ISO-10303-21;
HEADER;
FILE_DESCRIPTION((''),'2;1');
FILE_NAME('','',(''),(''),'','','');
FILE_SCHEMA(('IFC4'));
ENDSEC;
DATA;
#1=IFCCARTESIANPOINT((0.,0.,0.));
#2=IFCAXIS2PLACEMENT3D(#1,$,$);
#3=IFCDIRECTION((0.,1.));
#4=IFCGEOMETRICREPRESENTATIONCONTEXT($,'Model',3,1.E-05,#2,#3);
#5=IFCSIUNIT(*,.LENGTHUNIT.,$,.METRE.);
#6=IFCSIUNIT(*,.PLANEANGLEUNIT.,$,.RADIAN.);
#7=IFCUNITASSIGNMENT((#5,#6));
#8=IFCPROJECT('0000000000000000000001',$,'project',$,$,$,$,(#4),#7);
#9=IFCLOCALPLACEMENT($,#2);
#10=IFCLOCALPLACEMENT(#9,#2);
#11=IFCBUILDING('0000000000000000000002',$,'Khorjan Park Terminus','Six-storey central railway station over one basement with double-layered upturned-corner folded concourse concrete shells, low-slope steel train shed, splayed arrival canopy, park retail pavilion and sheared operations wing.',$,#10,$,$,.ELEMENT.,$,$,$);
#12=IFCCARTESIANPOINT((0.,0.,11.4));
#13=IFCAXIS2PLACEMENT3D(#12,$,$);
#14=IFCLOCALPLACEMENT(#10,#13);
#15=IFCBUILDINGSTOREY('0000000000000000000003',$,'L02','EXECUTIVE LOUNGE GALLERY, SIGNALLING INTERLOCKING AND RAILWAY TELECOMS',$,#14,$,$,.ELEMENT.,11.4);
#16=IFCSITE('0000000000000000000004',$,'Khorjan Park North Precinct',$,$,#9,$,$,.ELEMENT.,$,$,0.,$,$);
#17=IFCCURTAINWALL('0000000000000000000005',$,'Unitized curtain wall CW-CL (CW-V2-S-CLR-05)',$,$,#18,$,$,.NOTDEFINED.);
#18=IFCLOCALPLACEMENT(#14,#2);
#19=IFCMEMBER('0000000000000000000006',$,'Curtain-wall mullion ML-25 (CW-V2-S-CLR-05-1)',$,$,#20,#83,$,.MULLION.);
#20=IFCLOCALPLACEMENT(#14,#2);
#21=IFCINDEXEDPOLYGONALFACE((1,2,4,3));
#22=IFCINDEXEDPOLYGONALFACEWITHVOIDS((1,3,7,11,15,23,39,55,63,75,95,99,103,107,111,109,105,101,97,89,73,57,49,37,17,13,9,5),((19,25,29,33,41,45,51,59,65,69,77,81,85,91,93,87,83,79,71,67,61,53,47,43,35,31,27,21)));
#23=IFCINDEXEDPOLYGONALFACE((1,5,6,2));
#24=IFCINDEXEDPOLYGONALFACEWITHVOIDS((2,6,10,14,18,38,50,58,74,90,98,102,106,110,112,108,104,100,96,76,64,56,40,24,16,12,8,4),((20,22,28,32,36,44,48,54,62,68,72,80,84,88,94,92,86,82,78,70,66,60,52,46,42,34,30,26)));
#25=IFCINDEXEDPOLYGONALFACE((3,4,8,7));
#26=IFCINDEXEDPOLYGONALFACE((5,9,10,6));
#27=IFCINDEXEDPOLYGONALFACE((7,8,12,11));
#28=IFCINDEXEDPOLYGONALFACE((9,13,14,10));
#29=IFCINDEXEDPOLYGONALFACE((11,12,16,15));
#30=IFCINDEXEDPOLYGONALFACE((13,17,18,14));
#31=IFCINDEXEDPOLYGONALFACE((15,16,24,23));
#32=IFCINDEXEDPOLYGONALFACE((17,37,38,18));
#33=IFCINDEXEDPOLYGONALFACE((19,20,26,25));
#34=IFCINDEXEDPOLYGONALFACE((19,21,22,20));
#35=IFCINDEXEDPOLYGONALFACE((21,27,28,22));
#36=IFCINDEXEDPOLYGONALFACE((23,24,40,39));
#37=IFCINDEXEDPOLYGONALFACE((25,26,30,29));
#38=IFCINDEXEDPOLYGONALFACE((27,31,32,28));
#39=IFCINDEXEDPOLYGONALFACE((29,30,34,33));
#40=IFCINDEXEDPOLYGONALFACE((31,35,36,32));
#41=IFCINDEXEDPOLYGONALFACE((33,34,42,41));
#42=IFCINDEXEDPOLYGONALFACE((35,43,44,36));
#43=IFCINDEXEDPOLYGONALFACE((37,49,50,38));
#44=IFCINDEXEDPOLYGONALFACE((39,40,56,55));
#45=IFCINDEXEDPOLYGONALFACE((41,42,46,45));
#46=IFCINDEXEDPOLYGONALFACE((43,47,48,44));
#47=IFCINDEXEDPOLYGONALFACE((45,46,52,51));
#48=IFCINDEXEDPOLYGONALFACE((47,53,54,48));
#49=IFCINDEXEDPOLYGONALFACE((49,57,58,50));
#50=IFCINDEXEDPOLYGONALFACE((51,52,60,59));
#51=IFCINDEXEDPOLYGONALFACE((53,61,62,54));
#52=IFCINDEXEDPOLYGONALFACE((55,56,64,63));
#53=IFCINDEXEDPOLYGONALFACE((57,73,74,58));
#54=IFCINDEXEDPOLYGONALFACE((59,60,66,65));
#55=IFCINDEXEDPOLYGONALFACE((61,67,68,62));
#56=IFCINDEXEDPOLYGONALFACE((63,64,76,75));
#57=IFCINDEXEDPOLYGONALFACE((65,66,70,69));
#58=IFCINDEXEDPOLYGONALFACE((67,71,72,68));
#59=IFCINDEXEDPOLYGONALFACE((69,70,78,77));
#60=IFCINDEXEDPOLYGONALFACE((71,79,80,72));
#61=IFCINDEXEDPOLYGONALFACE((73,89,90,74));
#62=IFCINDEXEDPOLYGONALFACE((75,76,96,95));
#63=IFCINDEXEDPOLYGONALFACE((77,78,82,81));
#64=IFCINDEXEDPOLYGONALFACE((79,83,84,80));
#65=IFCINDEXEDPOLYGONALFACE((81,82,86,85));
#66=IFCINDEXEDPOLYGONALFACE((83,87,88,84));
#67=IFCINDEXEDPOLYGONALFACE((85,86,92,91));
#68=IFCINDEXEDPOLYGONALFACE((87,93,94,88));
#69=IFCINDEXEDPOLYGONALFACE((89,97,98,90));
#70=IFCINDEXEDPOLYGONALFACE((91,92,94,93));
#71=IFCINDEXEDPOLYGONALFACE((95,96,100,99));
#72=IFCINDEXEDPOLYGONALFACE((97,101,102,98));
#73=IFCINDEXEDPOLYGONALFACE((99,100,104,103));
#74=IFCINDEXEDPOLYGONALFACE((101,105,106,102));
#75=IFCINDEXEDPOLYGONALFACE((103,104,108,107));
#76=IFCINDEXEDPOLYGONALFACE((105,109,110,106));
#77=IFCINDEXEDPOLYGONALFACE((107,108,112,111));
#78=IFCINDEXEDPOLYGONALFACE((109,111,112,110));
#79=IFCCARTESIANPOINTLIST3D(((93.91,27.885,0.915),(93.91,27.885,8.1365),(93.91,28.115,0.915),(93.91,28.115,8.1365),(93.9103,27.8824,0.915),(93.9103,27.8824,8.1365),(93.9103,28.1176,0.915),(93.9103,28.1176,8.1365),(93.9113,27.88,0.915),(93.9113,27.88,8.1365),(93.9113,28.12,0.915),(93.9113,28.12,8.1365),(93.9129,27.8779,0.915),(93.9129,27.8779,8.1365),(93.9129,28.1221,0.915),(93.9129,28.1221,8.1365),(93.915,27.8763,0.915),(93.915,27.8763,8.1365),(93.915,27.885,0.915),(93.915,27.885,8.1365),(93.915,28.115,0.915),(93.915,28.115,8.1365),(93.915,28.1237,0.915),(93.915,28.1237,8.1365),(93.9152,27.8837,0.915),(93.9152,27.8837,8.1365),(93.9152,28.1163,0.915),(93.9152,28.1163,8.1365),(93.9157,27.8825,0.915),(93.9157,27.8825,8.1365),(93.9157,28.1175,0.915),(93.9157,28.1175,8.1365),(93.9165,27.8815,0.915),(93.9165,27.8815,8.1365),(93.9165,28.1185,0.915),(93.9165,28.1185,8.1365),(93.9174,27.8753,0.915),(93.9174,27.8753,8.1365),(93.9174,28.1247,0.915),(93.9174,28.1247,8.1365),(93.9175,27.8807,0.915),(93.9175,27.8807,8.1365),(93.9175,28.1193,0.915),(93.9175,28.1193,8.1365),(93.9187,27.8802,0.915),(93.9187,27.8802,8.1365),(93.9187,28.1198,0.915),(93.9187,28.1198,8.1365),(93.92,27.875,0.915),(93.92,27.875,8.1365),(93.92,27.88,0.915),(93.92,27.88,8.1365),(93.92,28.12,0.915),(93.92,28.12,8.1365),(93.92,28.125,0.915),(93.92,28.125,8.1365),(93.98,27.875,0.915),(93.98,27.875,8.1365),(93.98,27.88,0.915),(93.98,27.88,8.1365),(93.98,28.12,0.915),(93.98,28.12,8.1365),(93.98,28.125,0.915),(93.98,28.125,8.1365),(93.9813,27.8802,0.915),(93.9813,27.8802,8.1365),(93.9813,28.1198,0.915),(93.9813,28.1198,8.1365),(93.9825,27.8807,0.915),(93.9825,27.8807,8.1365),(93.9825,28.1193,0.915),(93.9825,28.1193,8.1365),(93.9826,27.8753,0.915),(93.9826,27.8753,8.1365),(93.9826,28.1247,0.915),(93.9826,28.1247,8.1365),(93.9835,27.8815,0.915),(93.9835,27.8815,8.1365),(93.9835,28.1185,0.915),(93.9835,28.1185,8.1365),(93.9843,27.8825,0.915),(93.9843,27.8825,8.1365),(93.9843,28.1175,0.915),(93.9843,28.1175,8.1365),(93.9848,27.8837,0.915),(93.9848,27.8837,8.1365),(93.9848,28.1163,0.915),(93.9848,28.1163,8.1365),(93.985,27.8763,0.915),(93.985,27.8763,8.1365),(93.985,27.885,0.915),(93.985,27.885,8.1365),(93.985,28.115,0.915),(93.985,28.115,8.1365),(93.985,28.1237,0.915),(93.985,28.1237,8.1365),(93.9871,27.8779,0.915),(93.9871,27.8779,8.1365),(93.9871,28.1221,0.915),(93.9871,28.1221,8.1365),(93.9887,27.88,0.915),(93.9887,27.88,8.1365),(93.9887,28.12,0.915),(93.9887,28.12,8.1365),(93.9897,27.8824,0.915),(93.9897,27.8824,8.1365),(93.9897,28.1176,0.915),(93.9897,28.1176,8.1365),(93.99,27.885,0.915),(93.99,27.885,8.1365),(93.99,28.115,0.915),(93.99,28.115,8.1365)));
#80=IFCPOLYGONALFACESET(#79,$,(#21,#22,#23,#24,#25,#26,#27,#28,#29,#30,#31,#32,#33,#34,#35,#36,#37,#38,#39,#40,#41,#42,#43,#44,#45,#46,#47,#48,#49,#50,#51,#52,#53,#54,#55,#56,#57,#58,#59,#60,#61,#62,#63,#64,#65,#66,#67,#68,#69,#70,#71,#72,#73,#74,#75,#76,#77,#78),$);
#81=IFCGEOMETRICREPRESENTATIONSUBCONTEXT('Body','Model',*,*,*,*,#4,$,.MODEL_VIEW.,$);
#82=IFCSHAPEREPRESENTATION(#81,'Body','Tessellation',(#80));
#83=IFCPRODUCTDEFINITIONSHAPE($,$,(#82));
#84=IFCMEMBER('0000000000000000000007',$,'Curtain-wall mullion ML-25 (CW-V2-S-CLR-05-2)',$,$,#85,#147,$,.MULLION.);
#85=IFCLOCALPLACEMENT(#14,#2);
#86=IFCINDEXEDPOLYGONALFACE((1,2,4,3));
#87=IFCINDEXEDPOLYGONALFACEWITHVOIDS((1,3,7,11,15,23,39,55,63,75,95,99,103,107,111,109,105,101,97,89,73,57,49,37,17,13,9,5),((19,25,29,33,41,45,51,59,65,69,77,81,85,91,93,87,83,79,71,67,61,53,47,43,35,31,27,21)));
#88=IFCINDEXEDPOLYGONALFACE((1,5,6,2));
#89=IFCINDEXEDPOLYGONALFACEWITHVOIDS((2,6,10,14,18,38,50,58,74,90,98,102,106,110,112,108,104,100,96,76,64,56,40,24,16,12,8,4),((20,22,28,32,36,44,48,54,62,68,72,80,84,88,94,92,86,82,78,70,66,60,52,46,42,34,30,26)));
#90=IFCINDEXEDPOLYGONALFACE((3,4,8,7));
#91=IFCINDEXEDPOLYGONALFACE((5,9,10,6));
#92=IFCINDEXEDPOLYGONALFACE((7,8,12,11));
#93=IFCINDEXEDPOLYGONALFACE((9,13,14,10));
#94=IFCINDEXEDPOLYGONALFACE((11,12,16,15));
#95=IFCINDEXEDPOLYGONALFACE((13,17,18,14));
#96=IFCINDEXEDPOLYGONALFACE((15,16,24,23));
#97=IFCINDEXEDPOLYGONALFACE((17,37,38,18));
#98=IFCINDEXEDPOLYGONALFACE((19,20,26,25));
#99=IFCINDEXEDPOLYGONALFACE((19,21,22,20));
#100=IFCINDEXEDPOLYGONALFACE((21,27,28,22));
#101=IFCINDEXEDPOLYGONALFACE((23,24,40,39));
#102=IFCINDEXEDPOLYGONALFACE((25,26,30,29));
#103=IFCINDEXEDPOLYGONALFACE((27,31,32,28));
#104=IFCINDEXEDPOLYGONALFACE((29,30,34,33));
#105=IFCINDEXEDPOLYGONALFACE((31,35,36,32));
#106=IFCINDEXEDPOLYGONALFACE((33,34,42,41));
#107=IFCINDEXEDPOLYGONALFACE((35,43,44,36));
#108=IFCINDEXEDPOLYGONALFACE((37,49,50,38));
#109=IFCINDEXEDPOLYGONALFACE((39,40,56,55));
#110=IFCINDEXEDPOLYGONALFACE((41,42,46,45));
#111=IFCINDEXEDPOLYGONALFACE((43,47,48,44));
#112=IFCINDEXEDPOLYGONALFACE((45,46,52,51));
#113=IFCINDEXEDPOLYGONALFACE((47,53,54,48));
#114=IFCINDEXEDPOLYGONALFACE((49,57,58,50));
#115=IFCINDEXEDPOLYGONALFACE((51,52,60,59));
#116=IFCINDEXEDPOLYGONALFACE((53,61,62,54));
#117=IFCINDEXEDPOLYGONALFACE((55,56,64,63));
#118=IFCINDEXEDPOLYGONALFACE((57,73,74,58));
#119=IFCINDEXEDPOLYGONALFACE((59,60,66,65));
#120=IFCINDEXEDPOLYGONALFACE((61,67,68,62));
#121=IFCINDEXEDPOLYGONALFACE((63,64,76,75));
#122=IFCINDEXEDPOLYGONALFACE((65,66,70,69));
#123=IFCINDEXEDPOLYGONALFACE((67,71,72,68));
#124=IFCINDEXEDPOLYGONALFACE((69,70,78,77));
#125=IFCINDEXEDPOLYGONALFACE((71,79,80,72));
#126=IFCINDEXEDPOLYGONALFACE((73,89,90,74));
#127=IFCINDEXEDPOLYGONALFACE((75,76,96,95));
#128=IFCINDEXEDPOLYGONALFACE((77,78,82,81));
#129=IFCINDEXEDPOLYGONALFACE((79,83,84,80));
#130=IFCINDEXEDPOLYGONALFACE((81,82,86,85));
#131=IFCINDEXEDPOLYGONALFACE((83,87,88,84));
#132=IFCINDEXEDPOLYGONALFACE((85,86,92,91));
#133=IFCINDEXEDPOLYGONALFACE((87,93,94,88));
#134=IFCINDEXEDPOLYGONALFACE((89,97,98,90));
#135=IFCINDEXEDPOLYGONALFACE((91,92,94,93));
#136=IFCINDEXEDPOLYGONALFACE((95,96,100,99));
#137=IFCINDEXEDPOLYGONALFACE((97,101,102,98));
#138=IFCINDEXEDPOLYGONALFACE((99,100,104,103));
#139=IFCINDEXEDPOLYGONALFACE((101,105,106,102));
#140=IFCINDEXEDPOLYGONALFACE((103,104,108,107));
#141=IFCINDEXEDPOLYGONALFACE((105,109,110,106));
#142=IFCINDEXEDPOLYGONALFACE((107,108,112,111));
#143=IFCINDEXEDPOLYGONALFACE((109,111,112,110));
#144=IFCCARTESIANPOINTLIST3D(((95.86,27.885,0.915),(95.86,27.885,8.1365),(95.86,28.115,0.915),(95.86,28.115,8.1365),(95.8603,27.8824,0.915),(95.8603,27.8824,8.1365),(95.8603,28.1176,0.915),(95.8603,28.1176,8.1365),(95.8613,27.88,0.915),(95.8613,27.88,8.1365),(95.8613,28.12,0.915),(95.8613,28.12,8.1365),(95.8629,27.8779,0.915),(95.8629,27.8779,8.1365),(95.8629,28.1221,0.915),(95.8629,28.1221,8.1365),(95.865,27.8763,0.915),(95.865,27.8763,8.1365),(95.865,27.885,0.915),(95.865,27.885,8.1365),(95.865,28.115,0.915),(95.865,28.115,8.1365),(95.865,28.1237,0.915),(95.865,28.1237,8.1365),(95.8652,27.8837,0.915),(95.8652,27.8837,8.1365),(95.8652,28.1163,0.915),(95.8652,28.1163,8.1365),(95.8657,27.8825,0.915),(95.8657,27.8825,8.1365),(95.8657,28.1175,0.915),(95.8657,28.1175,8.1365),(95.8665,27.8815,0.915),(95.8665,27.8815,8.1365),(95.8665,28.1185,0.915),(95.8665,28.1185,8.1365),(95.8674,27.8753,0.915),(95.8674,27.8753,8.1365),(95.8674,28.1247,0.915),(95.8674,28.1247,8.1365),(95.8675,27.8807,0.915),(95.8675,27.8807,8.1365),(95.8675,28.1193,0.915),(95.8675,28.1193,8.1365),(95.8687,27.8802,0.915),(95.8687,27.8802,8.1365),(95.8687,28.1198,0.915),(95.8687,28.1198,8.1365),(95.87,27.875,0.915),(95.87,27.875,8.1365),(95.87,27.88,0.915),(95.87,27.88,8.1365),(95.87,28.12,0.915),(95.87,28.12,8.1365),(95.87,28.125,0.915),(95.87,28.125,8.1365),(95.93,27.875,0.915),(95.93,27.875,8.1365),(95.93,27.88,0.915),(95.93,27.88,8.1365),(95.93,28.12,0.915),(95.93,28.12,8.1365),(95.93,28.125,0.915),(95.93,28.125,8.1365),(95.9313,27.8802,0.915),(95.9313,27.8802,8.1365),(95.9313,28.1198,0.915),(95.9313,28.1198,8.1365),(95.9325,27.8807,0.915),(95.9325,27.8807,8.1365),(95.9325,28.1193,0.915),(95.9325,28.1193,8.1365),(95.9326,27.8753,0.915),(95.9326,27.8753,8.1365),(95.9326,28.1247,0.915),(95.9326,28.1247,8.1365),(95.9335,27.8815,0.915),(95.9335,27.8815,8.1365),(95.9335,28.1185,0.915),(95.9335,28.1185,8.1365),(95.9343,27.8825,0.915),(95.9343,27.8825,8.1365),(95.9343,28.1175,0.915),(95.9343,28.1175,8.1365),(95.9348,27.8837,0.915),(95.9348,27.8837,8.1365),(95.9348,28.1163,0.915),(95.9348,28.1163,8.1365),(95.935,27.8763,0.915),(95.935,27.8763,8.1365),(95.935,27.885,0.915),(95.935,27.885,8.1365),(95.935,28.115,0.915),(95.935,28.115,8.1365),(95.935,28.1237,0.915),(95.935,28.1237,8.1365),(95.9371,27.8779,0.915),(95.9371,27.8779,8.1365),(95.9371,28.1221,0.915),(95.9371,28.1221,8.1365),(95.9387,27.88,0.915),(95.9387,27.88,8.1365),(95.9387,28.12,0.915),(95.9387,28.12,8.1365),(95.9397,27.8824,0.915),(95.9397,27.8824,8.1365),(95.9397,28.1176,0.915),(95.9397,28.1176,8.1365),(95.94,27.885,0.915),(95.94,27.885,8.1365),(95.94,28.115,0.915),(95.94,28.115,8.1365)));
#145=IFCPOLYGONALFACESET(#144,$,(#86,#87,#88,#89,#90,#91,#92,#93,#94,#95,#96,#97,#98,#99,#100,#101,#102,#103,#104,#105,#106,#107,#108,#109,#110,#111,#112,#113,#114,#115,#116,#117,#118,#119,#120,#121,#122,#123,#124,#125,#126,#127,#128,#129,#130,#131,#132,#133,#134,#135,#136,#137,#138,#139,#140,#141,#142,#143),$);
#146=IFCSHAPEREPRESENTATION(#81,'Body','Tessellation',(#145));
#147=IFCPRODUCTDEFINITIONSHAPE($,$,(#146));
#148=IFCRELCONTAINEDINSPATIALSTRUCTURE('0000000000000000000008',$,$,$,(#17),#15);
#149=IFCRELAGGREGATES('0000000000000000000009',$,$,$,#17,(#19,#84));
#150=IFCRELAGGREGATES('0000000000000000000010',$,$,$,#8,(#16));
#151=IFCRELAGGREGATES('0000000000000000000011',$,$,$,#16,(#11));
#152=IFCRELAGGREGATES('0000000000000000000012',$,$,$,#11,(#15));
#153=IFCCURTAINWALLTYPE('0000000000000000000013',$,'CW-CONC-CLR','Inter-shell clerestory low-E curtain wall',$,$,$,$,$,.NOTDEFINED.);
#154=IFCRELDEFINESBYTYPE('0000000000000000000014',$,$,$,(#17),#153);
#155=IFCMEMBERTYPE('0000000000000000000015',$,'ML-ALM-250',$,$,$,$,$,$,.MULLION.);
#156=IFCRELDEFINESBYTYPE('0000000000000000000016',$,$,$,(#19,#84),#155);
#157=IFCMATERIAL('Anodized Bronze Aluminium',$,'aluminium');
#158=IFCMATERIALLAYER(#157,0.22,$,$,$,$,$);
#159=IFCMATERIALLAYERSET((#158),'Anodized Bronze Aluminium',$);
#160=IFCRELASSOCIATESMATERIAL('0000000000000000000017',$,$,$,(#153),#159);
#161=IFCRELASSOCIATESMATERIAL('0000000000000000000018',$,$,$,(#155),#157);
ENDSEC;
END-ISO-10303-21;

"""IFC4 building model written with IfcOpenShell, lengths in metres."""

from ifc_helpers import new_model, si_unit, direction, frame, origin, origin_2d, place, context, subcontext, project, spatial, hollow_rectangle, extrude, material, layer, layer_set, material_profile, profile_set, type_object, element, aggregate, save


model = new_model("IFC4")

# Units and contexts
model_context = context("Model", 3, precision=1e-05, world=origin(), true_north=direction((0.0, 1.0)))
body_context = subcontext(model_context, "Body", "Model", "MODEL_VIEW")
ifc_project = project(units=[si_unit("LENGTHUNIT", "METRE"), si_unit("PLANEANGLEUNIT", "RADIAN")], contexts=[model_context])

# Site, building, storey
site_placement = place(None, origin())
site = spatial("IfcSite", under=ifc_project, at=site_placement, Name="Khorjan Park North Precinct", CompositionType="ELEMENT", RefElevation=0.0)
building_placement = place(site_placement, origin())
building = spatial("IfcBuilding", under=site, at=building_placement, Name="Khorjan Park Terminus", Description="Six-storey central railway station over one basement with double-layered upturned-corner folded concourse concrete shells, low-slope steel train shed, splayed arrival canopy, park retail pavilion and sheared operations wing.", CompositionType="ELEMENT")
storey_placement = place(building_placement, frame((0.0, 0.0, 11.4)))
storey = spatial("IfcBuildingStorey", under=building, at=storey_placement, Name="L02", Description="EXECUTIVE LOUNGE GALLERY, SIGNALLING INTERLOCKING AND RAILWAY TELECOMS", CompositionType="ELEMENT", Elevation=11.4)

# Curtain wall, members
ifc_material_1 = material(Name="Anodized Bronze Aluminium", Category="aluminium")
ifc_layer_1 = layer(ifc_material_1, 0.22)
ifc_layer_set_1 = layer_set([ifc_layer_1], Name="Anodized Bronze Aluminium")
curtain_wall_type = type_object("IfcCurtainWallType", Name="CW-CONC-CLR", Description="Inter-shell clerestory low-E curtain wall", PredefinedType="NOTDEFINED", material=ifc_layer_set_1)
ifc_material_profile_1 = material_profile(ifc_material_1, hollow_rectangle(XDim=0.08, YDim=0.25, WallThickness=0.005, InnerFilletRadius=0.005, OuterFilletRadius=0.01, at=origin_2d()), Name="ALM 80x250x5")
ifc_profile_set_1 = profile_set([ifc_material_profile_1], Name="Anodized Bronze Aluminium")
member_type_1 = type_object("IfcMemberType", Name="ML-ALM-250", PredefinedType="MULLION", material=ifc_profile_set_1)
curtain_wall_1_placement = place(storey_placement, origin())
curtain_wall_1 = element("IfcCurtainWall", 1, at=curtain_wall_1_placement, inside=storey, type_object=curtain_wall_type, Name="Unitized curtain wall CW-CL (CW-V2-S-CLR-05)", PredefinedType="NOTDEFINED")
member_1_placement = place(storey_placement, frame((93.95, 28.0, 0.915), z_axis=(0.0, 0.0, 1.0), x_axis=(1.0, 0.0, 0.0)))
member_1 = element("IfcMember", 2, at=member_1_placement, type_object=member_type_1, Name="Curtain-wall mullion ML-25 (CW-V2-S-CLR-05-1)", PredefinedType="MULLION", context=body_context, shape_type="SweptSolid", body=[
    extrude(hollow_rectangle(XDim=0.08, YDim=0.25, WallThickness=0.005, InnerFilletRadius=0.005, OuterFilletRadius=0.01, at=origin_2d()), origin(), (0.0, 0.0, 1.0), 7.2215),
])
member_2_placement = place(storey_placement, frame((95.9, 28.0, 0.915), z_axis=(0.0, 0.0, 1.0), x_axis=(1.0, 0.0, 0.0)))
member_2 = element("IfcMember", 3, at=member_2_placement, type_object=member_type_1, Name="Curtain-wall mullion ML-25 (CW-V2-S-CLR-05-2)", PredefinedType="MULLION", context=body_context, shape_type="SweptSolid", body=[
    extrude(hollow_rectangle(XDim=0.08, YDim=0.25, WallThickness=0.005, InnerFilletRadius=0.005, OuterFilletRadius=0.01, at=origin_2d()), origin(), (0.0, 0.0, 1.0), 7.2215),
])

aggregate(curtain_wall_1, [member_1, member_2])

save(model, "model.ifc")
